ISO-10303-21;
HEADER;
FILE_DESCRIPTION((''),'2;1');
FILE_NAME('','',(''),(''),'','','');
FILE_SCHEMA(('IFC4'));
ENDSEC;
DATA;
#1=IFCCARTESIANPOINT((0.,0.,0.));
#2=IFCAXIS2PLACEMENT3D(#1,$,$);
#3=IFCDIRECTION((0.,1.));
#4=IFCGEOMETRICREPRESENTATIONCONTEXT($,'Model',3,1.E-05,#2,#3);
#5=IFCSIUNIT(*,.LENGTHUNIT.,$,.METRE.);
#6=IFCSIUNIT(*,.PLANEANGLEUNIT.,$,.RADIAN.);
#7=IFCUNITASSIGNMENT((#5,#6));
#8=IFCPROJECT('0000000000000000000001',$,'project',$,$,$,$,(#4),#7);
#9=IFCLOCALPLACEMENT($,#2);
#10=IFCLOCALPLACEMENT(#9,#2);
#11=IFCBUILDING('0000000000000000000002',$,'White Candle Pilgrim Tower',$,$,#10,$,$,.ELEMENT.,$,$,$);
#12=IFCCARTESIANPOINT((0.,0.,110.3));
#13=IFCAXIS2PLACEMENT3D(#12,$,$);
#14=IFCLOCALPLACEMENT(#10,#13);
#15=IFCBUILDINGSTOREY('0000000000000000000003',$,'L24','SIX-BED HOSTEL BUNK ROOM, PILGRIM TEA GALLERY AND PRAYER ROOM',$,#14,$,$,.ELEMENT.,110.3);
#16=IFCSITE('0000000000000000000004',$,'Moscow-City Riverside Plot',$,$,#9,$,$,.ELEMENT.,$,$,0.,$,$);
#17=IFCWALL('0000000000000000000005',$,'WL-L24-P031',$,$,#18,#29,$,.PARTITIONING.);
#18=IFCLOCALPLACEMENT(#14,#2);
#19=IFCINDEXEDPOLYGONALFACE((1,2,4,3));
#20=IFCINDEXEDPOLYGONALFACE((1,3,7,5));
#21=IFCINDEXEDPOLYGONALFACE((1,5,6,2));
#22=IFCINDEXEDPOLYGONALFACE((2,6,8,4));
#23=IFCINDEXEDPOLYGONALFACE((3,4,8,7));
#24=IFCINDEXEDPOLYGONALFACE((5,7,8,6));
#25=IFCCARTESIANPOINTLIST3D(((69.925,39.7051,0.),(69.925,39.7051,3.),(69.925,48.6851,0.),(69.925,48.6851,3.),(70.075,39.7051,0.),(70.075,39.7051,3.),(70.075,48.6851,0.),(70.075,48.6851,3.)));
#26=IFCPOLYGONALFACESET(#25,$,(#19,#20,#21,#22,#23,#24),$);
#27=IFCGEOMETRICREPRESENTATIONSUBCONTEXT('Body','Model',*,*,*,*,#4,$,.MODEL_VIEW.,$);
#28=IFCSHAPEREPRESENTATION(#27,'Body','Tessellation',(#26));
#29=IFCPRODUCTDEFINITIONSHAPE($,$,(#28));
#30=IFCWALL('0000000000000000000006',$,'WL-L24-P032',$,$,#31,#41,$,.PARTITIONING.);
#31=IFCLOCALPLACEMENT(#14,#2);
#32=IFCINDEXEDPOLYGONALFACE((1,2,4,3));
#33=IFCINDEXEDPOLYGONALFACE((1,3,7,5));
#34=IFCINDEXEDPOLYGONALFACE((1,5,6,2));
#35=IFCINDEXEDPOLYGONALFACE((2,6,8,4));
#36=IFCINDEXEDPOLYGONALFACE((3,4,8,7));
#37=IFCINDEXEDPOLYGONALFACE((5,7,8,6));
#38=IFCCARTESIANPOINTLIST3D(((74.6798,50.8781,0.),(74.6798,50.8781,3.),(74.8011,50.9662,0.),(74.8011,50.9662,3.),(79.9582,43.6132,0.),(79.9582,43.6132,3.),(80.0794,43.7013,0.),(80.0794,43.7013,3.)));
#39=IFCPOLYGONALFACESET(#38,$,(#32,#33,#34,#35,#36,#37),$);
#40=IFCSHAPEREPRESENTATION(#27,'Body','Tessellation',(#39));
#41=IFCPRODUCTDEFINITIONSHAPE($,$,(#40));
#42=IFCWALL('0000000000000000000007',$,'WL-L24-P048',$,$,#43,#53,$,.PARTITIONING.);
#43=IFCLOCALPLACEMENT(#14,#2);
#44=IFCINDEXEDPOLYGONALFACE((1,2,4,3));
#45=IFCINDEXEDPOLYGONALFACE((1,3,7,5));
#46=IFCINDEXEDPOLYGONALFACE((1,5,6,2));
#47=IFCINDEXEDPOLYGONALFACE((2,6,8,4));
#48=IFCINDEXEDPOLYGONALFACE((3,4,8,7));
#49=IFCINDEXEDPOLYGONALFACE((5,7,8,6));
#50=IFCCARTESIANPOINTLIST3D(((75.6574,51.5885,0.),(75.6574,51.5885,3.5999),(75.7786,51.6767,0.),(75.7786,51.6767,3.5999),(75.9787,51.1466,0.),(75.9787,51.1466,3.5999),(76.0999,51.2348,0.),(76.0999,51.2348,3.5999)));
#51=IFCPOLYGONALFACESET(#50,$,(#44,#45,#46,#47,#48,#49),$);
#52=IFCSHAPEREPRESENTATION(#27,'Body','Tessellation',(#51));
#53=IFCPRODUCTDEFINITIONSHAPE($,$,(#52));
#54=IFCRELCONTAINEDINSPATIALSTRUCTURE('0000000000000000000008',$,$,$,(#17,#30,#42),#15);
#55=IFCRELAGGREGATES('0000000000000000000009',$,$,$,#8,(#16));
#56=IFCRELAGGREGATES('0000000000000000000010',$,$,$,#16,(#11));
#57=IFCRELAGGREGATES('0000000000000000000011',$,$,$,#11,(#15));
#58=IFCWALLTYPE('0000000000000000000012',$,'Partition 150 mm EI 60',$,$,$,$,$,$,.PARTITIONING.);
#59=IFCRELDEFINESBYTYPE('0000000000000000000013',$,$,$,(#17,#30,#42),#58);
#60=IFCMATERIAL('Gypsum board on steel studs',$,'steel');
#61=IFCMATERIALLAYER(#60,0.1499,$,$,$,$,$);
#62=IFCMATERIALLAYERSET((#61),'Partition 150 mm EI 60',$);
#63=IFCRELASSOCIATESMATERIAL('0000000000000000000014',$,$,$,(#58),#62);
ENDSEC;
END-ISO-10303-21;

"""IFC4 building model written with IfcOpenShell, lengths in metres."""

from ifc_helpers import new_model, si_unit, direction, frame, frame_2d, origin, place, context, subcontext, project, spatial, rectangle, extrude, material, layer, layer_set, type_object, element, save


model = new_model("IFC4")

# Units and contexts
model_context = context("Model", 3, precision=1e-05, world=origin(), true_north=direction((0.0, 1.0)))
body_context = subcontext(model_context, "Body", "Model", "MODEL_VIEW")
ifc_project = project(units=[si_unit("LENGTHUNIT", "METRE"), si_unit("PLANEANGLEUNIT", "RADIAN")], contexts=[model_context])

# Site, building, storey
site_placement = place(None, origin())
site = spatial("IfcSite", under=ifc_project, at=site_placement, Name="Moscow-City Riverside Plot", CompositionType="ELEMENT", RefElevation=0.0)
building_placement = place(site_placement, origin())
building = spatial("IfcBuilding", under=site, at=building_placement, Name="White Candle Pilgrim Tower", CompositionType="ELEMENT")
storey_placement = place(building_placement, frame((0.0, 0.0, 110.3)))
storey = spatial("IfcBuildingStorey", under=building, at=storey_placement, Name="L24", Description="SIX-BED HOSTEL BUNK ROOM, PILGRIM TEA GALLERY AND PRAYER ROOM", CompositionType="ELEMENT", Elevation=110.3)

# Shared definitions
ifc_material_1 = material(Name="Gypsum board on steel studs", Category="steel")

# Walls
ifc_layer_1 = layer(ifc_material_1, 0.1499)
ifc_layer_set_1 = layer_set([ifc_layer_1], Name="Partition 150 mm EI 60")
wall_type_1 = type_object("IfcWallType", Name="Partition 150 mm EI 60", PredefinedType="PARTITIONING", material=ifc_layer_set_1)
for number, where, z_axis, x_axis, name in (
    (1, (70.0, 39.7051, 0.0), (0.0, 0.0, 1.0), (0.0, 1.0, 0.0), "WL-L24-P031"),
    (2, (80.0188, 43.6572, 0.0), (0.0, 0.0, 1.0), (-0.58779, 0.809013, 0.0), "WL-L24-P032"),
):
    element("IfcWall", number, at=place(storey_placement, frame(where, z_axis=z_axis, x_axis=x_axis)), inside=storey, type_object=wall_type_1, Name=name, PredefinedType="PARTITIONING", context=body_context, shape_type="SweptSolid", body=[
        extrude(rectangle(XDim=8.98, YDim=0.1499, at=frame_2d((4.49, 0.0))), origin(), (0.0, 0.0, 1.0), 3.0),
    ])
wall_1_placement = place(storey_placement, frame((76.0393, 51.1907, 0.0), z_axis=(0.0, 0.0, 1.0), x_axis=(-0.588065, 0.808813, 0.0)))
element("IfcWall", 3, at=wall_1_placement, inside=storey, type_object=wall_type_1, Name="WL-L24-P048", PredefinedType="PARTITIONING", context=body_context, shape_type="SweptSolid", body=[
    extrude(rectangle(XDim=0.5464, YDim=0.1499, at=frame_2d((0.2732, 0.0))), origin(), (0.0, 0.0, 1.0), 3.5999),
])

save(model, "model.ifc")
